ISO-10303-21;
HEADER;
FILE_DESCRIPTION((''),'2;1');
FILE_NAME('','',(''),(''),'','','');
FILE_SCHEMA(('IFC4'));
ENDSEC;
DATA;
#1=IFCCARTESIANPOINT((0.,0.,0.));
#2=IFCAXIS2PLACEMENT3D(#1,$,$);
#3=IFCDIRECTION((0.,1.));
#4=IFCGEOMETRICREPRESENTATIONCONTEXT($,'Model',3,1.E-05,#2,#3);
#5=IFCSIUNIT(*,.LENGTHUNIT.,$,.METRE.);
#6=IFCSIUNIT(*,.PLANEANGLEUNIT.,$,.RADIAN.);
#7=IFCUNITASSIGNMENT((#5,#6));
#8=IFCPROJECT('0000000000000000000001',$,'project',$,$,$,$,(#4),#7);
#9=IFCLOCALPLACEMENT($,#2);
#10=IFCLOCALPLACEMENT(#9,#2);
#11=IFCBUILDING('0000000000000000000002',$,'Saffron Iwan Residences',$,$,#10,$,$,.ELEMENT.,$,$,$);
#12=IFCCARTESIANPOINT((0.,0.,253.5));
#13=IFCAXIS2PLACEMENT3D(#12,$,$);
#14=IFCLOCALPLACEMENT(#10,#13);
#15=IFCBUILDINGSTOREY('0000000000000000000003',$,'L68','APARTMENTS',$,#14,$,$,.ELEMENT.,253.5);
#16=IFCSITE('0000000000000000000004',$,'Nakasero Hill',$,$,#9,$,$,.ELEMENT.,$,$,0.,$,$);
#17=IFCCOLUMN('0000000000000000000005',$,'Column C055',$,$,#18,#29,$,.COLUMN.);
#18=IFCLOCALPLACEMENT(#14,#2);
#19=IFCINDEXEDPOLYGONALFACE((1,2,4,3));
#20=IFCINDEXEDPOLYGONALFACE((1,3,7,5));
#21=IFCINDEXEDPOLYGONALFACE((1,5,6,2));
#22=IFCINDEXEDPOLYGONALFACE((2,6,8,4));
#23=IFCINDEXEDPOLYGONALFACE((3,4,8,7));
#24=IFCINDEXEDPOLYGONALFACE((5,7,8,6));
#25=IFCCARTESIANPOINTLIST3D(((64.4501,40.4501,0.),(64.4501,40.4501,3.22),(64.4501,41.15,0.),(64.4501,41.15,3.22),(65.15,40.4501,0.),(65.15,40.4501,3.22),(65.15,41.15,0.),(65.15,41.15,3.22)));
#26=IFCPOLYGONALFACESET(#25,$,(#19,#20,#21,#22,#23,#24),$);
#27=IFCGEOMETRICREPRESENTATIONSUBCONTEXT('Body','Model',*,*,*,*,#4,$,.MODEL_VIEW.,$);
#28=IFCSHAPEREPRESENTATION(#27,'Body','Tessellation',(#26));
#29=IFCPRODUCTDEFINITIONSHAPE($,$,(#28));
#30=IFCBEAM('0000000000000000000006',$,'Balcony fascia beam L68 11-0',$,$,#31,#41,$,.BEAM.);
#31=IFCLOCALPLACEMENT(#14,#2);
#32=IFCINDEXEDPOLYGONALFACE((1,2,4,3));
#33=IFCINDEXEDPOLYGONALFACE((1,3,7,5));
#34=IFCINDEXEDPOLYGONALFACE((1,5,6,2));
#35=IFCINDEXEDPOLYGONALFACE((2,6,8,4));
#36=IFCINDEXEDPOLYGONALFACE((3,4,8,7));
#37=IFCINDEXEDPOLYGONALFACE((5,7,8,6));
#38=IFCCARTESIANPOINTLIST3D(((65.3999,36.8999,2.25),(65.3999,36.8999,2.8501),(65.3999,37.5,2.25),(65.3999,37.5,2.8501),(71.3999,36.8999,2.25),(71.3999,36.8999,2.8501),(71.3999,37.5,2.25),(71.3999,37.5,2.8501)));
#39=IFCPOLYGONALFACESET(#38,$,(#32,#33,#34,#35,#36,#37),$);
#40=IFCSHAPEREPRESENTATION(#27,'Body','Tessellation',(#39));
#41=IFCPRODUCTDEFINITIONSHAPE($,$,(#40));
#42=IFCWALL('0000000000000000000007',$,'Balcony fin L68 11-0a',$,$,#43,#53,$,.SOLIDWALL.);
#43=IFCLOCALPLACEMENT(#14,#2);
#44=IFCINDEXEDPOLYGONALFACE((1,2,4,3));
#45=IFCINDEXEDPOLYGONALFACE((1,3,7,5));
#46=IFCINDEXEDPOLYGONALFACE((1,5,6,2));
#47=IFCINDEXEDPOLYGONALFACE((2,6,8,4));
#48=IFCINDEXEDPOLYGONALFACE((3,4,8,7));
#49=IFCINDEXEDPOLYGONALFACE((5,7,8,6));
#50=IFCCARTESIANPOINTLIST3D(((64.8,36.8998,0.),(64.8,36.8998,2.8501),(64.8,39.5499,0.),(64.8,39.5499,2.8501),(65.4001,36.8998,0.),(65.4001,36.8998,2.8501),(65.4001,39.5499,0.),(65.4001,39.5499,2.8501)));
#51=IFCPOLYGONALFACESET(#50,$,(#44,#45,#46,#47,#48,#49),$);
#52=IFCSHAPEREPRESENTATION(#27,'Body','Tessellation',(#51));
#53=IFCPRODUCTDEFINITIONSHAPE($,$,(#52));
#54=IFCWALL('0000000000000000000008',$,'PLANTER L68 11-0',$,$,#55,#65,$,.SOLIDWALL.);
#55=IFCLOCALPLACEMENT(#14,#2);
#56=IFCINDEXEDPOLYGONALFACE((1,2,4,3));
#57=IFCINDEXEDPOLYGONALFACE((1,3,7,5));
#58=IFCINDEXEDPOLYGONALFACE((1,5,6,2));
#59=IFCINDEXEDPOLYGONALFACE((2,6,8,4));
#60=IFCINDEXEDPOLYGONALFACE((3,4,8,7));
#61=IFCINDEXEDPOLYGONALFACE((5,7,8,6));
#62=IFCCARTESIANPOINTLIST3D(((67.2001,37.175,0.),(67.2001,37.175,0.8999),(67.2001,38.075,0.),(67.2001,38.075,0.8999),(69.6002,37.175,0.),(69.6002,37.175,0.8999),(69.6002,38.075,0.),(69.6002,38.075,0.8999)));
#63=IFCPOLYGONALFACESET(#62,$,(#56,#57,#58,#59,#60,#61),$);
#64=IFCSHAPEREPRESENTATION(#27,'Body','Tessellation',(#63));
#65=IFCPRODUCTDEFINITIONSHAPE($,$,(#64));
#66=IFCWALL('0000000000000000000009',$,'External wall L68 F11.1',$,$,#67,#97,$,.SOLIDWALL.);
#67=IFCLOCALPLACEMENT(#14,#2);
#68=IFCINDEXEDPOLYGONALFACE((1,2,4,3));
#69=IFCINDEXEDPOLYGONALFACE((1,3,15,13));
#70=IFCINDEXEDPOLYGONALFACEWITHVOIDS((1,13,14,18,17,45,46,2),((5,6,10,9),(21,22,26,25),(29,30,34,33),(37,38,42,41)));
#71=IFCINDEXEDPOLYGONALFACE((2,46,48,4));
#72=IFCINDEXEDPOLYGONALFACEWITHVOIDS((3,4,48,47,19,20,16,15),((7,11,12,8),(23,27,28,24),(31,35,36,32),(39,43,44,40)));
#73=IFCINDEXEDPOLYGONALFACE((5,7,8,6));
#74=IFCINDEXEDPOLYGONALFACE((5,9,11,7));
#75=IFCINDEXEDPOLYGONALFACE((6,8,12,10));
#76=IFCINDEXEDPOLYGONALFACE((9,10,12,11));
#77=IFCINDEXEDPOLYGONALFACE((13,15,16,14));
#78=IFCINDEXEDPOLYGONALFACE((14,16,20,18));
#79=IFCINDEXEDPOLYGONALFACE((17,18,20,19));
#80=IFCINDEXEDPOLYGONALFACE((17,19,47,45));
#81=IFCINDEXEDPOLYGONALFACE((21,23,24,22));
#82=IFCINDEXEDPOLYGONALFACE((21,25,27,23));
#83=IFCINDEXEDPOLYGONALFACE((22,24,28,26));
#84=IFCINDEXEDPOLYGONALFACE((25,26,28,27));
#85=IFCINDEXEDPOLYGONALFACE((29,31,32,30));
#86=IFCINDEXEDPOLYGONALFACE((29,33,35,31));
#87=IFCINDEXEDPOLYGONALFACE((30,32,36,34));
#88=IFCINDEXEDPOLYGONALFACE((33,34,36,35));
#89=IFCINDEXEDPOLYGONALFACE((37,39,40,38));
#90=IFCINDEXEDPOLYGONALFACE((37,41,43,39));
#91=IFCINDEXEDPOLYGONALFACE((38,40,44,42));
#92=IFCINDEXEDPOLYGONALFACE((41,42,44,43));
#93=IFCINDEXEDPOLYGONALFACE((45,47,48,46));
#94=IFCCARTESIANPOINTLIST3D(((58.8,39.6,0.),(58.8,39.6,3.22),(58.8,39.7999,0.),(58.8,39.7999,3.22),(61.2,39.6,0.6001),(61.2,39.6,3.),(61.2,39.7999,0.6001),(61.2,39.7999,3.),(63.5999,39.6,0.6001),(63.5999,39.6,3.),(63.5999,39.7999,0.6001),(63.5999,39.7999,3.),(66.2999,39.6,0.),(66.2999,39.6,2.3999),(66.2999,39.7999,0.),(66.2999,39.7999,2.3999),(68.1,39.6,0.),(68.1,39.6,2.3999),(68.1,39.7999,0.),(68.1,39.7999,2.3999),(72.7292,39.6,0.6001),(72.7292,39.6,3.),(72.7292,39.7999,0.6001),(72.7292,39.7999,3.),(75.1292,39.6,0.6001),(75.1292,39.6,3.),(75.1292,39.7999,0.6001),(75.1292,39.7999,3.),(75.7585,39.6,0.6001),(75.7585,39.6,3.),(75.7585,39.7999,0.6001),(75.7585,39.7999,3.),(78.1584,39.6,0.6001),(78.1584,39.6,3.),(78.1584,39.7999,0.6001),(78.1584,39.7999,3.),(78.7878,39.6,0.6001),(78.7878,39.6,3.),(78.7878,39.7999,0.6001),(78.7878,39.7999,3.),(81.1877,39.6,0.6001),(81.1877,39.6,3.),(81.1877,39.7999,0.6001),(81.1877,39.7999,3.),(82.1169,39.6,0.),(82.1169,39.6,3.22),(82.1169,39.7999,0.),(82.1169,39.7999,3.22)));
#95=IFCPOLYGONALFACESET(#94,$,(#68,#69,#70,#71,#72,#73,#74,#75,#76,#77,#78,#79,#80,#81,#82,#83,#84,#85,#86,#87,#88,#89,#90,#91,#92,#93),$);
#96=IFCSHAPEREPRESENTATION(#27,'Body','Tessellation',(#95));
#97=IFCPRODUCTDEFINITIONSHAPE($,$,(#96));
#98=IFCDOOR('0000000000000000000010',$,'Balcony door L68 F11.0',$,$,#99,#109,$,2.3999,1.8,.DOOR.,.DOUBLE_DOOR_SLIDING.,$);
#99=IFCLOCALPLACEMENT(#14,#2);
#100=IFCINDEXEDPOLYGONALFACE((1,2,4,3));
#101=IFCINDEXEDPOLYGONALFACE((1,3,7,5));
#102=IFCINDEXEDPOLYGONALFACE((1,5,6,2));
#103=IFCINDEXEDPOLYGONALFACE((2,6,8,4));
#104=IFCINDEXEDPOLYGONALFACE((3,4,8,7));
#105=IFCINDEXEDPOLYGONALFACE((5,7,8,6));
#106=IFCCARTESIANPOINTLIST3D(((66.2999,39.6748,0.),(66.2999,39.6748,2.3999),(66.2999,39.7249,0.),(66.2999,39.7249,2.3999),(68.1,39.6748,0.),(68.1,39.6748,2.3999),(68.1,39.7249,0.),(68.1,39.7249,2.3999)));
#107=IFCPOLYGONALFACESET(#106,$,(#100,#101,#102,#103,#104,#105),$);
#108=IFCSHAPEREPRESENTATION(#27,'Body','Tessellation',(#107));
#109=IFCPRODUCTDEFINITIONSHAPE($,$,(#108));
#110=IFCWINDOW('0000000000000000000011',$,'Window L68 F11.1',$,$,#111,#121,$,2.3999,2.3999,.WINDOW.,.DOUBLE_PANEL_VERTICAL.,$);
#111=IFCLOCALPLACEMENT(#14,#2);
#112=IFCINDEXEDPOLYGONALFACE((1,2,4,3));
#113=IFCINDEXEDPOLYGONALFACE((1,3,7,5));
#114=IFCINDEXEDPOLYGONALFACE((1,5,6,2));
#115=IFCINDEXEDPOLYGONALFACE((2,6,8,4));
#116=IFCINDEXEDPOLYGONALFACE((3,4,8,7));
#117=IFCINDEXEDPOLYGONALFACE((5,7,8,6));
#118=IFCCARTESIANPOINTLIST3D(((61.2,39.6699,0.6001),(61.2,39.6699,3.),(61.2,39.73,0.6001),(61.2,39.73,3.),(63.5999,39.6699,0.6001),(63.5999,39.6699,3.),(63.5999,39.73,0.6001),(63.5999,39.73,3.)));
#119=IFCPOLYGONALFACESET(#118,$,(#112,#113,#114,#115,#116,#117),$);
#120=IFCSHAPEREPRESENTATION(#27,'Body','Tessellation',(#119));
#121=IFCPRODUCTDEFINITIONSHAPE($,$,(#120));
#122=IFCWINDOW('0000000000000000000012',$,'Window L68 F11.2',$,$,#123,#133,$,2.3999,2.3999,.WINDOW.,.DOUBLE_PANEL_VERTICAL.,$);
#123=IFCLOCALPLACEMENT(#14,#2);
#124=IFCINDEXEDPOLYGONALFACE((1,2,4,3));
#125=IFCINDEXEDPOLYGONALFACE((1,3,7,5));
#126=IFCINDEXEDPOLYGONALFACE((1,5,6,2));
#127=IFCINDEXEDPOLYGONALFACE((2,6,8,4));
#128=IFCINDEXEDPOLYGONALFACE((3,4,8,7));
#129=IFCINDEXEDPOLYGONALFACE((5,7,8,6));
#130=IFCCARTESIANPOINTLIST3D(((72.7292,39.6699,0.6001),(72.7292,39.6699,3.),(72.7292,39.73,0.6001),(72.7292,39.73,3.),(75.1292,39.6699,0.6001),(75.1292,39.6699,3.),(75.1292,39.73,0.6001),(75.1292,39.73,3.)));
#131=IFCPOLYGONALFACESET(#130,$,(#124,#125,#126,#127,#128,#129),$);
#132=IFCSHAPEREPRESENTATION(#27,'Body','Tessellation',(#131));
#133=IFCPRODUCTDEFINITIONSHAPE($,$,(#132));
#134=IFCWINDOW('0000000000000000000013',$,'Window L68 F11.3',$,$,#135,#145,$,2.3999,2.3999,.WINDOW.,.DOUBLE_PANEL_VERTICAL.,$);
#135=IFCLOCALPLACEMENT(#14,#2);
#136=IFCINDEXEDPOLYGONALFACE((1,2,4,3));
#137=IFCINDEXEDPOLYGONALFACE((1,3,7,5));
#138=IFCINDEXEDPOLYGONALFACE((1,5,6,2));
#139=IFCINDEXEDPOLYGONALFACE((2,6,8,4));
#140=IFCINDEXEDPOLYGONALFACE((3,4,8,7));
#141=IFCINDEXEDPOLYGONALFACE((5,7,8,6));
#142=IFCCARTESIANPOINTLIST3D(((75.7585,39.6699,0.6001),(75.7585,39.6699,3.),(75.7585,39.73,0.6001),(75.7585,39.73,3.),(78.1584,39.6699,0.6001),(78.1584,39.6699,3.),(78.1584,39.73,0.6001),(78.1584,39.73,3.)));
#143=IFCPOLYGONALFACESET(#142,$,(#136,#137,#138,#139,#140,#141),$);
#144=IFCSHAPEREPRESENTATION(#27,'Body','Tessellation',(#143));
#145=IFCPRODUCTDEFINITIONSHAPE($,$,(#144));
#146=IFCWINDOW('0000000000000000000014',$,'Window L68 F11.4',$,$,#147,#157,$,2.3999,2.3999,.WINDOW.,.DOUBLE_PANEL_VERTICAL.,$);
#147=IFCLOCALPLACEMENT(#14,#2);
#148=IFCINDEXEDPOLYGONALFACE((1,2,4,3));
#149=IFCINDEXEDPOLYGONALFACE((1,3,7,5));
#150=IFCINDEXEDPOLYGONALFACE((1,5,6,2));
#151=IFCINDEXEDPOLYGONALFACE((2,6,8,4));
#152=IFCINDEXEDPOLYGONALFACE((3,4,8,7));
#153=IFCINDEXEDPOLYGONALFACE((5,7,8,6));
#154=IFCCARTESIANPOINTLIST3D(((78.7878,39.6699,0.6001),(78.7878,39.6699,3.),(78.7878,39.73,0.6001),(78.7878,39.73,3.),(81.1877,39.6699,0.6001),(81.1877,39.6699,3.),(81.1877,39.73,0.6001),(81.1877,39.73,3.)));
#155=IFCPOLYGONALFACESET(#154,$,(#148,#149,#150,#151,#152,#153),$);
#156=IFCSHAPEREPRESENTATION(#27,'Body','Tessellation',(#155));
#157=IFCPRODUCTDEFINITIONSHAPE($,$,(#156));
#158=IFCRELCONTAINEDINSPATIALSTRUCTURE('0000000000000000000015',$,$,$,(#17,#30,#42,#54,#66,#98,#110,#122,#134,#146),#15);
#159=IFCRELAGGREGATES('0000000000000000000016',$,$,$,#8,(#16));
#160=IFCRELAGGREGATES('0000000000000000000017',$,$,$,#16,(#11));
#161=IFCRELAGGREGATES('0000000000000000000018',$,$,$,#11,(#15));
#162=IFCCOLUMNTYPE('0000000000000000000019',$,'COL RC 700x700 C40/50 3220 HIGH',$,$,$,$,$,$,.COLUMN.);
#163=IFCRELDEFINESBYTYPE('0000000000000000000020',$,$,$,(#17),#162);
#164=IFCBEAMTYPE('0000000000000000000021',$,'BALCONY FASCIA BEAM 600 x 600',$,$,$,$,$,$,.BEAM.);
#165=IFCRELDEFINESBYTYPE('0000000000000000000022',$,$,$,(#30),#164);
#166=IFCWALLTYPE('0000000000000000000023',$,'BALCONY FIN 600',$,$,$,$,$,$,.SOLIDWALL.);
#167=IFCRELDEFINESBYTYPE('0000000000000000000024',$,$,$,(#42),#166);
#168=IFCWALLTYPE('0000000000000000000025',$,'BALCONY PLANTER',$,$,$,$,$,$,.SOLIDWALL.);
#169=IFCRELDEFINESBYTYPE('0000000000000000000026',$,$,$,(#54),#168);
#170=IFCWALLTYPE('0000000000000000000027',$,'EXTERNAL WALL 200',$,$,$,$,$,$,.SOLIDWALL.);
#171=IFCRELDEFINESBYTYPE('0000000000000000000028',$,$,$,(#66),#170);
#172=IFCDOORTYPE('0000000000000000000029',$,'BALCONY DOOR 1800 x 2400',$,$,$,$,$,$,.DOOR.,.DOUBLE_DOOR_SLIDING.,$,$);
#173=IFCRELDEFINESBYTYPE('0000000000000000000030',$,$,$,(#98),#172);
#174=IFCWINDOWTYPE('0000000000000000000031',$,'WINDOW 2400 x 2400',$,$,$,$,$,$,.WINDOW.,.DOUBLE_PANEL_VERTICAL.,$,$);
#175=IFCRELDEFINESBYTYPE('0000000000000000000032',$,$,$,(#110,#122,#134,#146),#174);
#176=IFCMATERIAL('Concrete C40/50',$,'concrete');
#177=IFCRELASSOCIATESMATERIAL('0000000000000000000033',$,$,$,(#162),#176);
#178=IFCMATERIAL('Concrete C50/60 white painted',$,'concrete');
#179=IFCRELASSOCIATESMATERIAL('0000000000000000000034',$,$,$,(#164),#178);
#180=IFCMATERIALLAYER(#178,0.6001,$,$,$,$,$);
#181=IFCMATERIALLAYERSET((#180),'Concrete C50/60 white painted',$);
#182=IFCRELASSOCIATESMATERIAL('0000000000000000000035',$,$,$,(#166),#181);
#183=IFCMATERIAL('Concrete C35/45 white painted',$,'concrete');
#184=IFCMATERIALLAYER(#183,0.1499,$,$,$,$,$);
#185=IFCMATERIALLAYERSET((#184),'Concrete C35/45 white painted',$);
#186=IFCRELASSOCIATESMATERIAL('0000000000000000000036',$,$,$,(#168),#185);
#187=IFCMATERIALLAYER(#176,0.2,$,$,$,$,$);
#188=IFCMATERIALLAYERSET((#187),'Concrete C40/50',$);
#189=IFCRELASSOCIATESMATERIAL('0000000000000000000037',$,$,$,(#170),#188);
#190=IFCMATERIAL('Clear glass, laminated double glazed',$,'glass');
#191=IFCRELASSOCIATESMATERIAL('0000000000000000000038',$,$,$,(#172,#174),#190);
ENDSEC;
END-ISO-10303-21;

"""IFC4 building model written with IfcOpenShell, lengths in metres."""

from ifc_helpers import new_model, si_unit, direction, frame, frame_2d, origin, origin_2d, place, context, subcontext, project, spatial, rectangle, extrude, source, transform, mapped, material, layer, layer_set, material_profile, profile_set, type_object, element, fill, save


model = new_model("IFC4")

# Units and contexts
model_context = context("Model", 3, precision=1e-05, world=origin(), true_north=direction((0.0, 1.0)))
body_context = subcontext(model_context, "Body", "Model", "MODEL_VIEW")
ifc_project = project(units=[si_unit("LENGTHUNIT", "METRE"), si_unit("PLANEANGLEUNIT", "RADIAN")], contexts=[model_context])

# Site, building, storey
site_placement = place(None, origin())
site = spatial("IfcSite", under=ifc_project, at=site_placement, Name="Nakasero Hill", CompositionType="ELEMENT", RefElevation=0.0)
building_placement = place(site_placement, origin())
building = spatial("IfcBuilding", under=site, at=building_placement, Name="Saffron Iwan Residences", CompositionType="ELEMENT")
storey_placement = place(building_placement, frame((0.0, 0.0, 253.5)))
storey = spatial("IfcBuildingStorey", under=building, at=storey_placement, Name="L68", Description="APARTMENTS", CompositionType="ELEMENT", Elevation=253.5)

# Column
ifc_material_1 = material(Name="Concrete C40/50", Category="concrete")
ifc_material_profile_1 = material_profile(ifc_material_1, rectangle(XDim=0.7, YDim=0.7, at=origin_2d()), Name="RC 700x700")
ifc_profile_set_1 = profile_set([ifc_material_profile_1], Name="Concrete C40/50")
column_type = type_object("IfcColumnType", Name="COL RC 700x700 C40/50 3220 HIGH", PredefinedType="COLUMN", material=ifc_profile_set_1)
shared_shape_1 = source(origin(), body_context, "Body", "SweptSolid", [
    extrude(rectangle(XDim=0.7, YDim=0.7, at=origin_2d()), origin(), (0.0, 0.0, 1.0), 3.22),
])
column_placement = place(storey_placement, frame((64.8, 40.8, 0.0), z_axis=(0.0, 0.0, 1.0), x_axis=(1.0, 0.0, 0.0)))
element("IfcColumn", 1, at=column_placement, inside=storey, type_object=column_type, Name="Column C055", PredefinedType="COLUMN", context=body_context, shape_type="MappedRepresentation", body=[
    mapped(shared_shape_1, transform((0.0, 0.0, 0.0))),
])

# Beam
ifc_material_2 = material(Name="Concrete C50/60 white painted", Category="concrete")
ifc_material_profile_2 = material_profile(ifc_material_2, rectangle(XDim=0.6001, YDim=0.6001, at=origin_2d()), Name="BALCONY FASCIA BEAM 600 x 600")
ifc_profile_set_2 = profile_set([ifc_material_profile_2], Name="Concrete C50/60 white painted")
beam_type = type_object("IfcBeamType", Name="BALCONY FASCIA BEAM 600 x 600", PredefinedType="BEAM", material=ifc_profile_set_2)
shared_shape_2 = source(origin(), body_context, "Body", "SweptSolid", [
    extrude(rectangle(XDim=0.6001, YDim=0.6001, at=origin_2d()), origin(), (0.0, 0.0, 1.0), 6.0),
])
beam_placement = place(storey_placement, frame((65.3999, 37.2, 2.55), z_axis=(1.0, 0.0, 0.0), x_axis=(0.0, 1.0, 0.0)))
element("IfcBeam", 2, at=beam_placement, inside=storey, type_object=beam_type, Name="Balcony fascia beam L68 11-0", PredefinedType="BEAM", context=body_context, shape_type="MappedRepresentation", body=[
    mapped(shared_shape_2, transform((0.0, 0.0, 0.0))),
])

# Walls
ifc_layer_1 = layer(ifc_material_2, 0.6001)
ifc_layer_set_1 = layer_set([ifc_layer_1], Name="Concrete C50/60 white painted")
wall_type_1 = type_object("IfcWallType", Name="BALCONY FIN 600", PredefinedType="SOLIDWALL", material=ifc_layer_set_1)
wall_1_placement = place(storey_placement, frame((65.1001, 39.55, 0.0), z_axis=(0.0, 0.0, 1.0), x_axis=(0.0, -1.0, 0.0)))
element("IfcWall", 3, at=wall_1_placement, inside=storey, type_object=wall_type_1, Name="Balcony fin L68 11-0a", PredefinedType="SOLIDWALL", context=body_context, shape_type="SweptSolid", body=[
    extrude(rectangle(XDim=2.6501, YDim=0.6001, at=frame_2d((1.3252, 0.0))), origin(), (0.0, 0.0, 1.0), 2.8501),
])
ifc_material_3 = material(Name="Concrete C35/45 white painted", Category="concrete")
ifc_layer_2 = layer(ifc_material_3, 0.1499)
ifc_layer_set_2 = layer_set([ifc_layer_2], Name="Concrete C35/45 white painted")
wall_type_2 = type_object("IfcWallType", Name="BALCONY PLANTER", PredefinedType="SOLIDWALL", material=ifc_layer_set_2)
wall_2_placement = place(storey_placement, frame((67.2, 37.625, 0.0), z_axis=(0.0, 0.0, 1.0), x_axis=(1.0, 0.0, 0.0)))
element("IfcWall", 4, at=wall_2_placement, inside=storey, type_object=wall_type_2, Name="PLANTER L68 11-0", PredefinedType="SOLIDWALL", context=body_context, shape_type="SweptSolid", body=[
    extrude(rectangle(XDim=2.4001, YDim=0.8999, at=frame_2d((1.2002, 0.0))), origin(), (0.0, 0.0, 1.0), 0.8999),
])

# Wall, openings, door, windows
ifc_layer_3 = layer(ifc_material_1, 0.2)
ifc_layer_set_3 = layer_set([ifc_layer_3], Name="Concrete C40/50")
wall_type_3 = type_object("IfcWallType", Name="EXTERNAL WALL 200", PredefinedType="SOLIDWALL", material=ifc_layer_set_3)
wall_3_placement = place(storey_placement, frame((58.8, 39.7, 0.0), z_axis=(0.0, 0.0, 1.0), x_axis=(1.0, 0.0, 0.0)))
wall_3 = element("IfcWall", 5, at=wall_3_placement, inside=storey, type_object=wall_type_3, Name="External wall L68 F11.1", PredefinedType="SOLIDWALL", context=body_context, shape_type="SweptSolid", body=[
    extrude(rectangle(XDim=23.3169, YDim=0.2, at=frame_2d((11.6584, 0.0))), origin(), (0.0, 0.0, 1.0), 3.22),
])
opening_1_placement = place(wall_3_placement, frame((7.5, 0.0, 0.0)))
opening_1 = element("IfcOpeningElement", 6, at=opening_1_placement, cuts=wall_3, PredefinedType="OPENING", context=body_context, shape_type="SweptSolid", body=[
    extrude(rectangle(XDim=1.8, YDim=2.3999, at=frame_2d((0.8999, 1.2))), frame((0.0, 0.1099, 0.0), z_axis=(0.0, -1.0, 0.0), x_axis=(1.0, 0.0, 0.0)), (0.0, 0.0, 1.0), 0.22),
])
opening_2_placement = place(wall_3_placement, frame((2.3999, 0.0, 0.6001)))
opening_2 = element("IfcOpeningElement", 7, at=opening_2_placement, cuts=wall_3, PredefinedType="OPENING", context=body_context, shape_type="SweptSolid", body=[
    extrude(rectangle(XDim=2.3999, YDim=2.3999, at=frame_2d((1.2, 1.2))), frame((0.0, 0.1099, 0.0), z_axis=(0.0, -1.0, 0.0), x_axis=(1.0, 0.0, 0.0)), (0.0, 0.0, 1.0), 0.22),
])
opening_3_placement = place(wall_3_placement, frame((13.9292, 0.0, 0.6001)))
opening_3 = element("IfcOpeningElement", 8, at=opening_3_placement, cuts=wall_3, PredefinedType="OPENING", context=body_context, shape_type="SweptSolid", body=[
    extrude(rectangle(XDim=2.3999, YDim=2.3999, at=frame_2d((1.2, 1.2))), frame((0.0, 0.1099, 0.0), z_axis=(0.0, -1.0, 0.0), x_axis=(1.0, 0.0, 0.0)), (0.0, 0.0, 1.0), 0.22),
])
opening_4_placement = place(wall_3_placement, frame((16.9585, 0.0, 0.6001)))
opening_4 = element("IfcOpeningElement", 9, at=opening_4_placement, cuts=wall_3, PredefinedType="OPENING", context=body_context, shape_type="SweptSolid", body=[
    extrude(rectangle(XDim=2.3999, YDim=2.3999, at=frame_2d((1.2, 1.2))), frame((0.0, 0.1099, 0.0), z_axis=(0.0, -1.0, 0.0), x_axis=(1.0, 0.0, 0.0)), (0.0, 0.0, 1.0), 0.22),
])
opening_5_placement = place(wall_3_placement, frame((19.9878, 0.0, 0.6001)))
opening_5 = element("IfcOpeningElement", 10, at=opening_5_placement, cuts=wall_3, PredefinedType="OPENING", context=body_context, shape_type="SweptSolid", body=[
    extrude(rectangle(XDim=2.3999, YDim=2.3999, at=frame_2d((1.2, 1.2))), frame((0.0, 0.1099, 0.0), z_axis=(0.0, -1.0, 0.0), x_axis=(1.0, 0.0, 0.0)), (0.0, 0.0, 1.0), 0.22),
])
ifc_material_4 = material(Name="Clear glass, laminated double glazed", Category="glass")
door_type_1 = type_object("IfcDoorType", Name="BALCONY DOOR 1800 x 2400", OperationType="DOUBLE_DOOR_SLIDING", PredefinedType="DOOR", material=ifc_material_4)
door_1_placement = place(opening_1_placement, origin())
door_1 = element("IfcDoor", 11, at=door_1_placement, inside=storey, type_object=door_type_1, Name="Balcony door L68 F11.0", OperationType="DOUBLE_DOOR_SLIDING", OverallHeight=2.3999, OverallWidth=1.8, PredefinedType="DOOR", context=body_context, shape_type="SweptSolid", body=[
    extrude(rectangle(XDim=1.8, YDim=2.3999, at=frame_2d((0.8999, 1.2))), frame((0.0, 0.0249, 0.0), z_axis=(0.0, -1.0, 0.0), x_axis=(1.0, 0.0, 0.0)), (0.0, 0.0, 1.0), 0.05),
])
fill(opening_1, door_1)
window_type = type_object("IfcWindowType", Name="WINDOW 2400 x 2400", PartitioningType="DOUBLE_PANEL_VERTICAL", PredefinedType="WINDOW", material=ifc_material_4)
window_1_placement = place(opening_2_placement, origin())
window_1 = element("IfcWindow", 12, at=window_1_placement, inside=storey, type_object=window_type, Name="Window L68 F11.1", OverallHeight=2.3999, OverallWidth=2.3999, PartitioningType="DOUBLE_PANEL_VERTICAL", PredefinedType="WINDOW", context=body_context, shape_type="SweptSolid", body=[
    extrude(rectangle(XDim=2.3999, YDim=2.3999, at=frame_2d((1.2, 1.2))), frame((0.0, 0.03, 0.0), z_axis=(0.0, -1.0, 0.0), x_axis=(1.0, 0.0, 0.0)), (0.0, 0.0, 1.0), 0.0601),
])
fill(opening_2, window_1)
window_2_placement = place(opening_3_placement, origin())
window_2 = element("IfcWindow", 13, at=window_2_placement, inside=storey, type_object=window_type, Name="Window L68 F11.2", OverallHeight=2.3999, OverallWidth=2.3999, PartitioningType="DOUBLE_PANEL_VERTICAL", PredefinedType="WINDOW", context=body_context, shape_type="SweptSolid", body=[
    extrude(rectangle(XDim=2.3999, YDim=2.3999, at=frame_2d((1.2, 1.2))), frame((0.0, 0.03, 0.0), z_axis=(0.0, -1.0, 0.0), x_axis=(1.0, 0.0, 0.0)), (0.0, 0.0, 1.0), 0.0601),
])
fill(opening_3, window_2)
window_3_placement = place(opening_4_placement, origin())
window_3 = element("IfcWindow", 14, at=window_3_placement, inside=storey, type_object=window_type, Name="Window L68 F11.3", OverallHeight=2.3999, OverallWidth=2.3999, PartitioningType="DOUBLE_PANEL_VERTICAL", PredefinedType="WINDOW", context=body_context, shape_type="SweptSolid", body=[
    extrude(rectangle(XDim=2.3999, YDim=2.3999, at=frame_2d((1.2, 1.2))), frame((0.0, 0.03, 0.0), z_axis=(0.0, -1.0, 0.0), x_axis=(1.0, 0.0, 0.0)), (0.0, 0.0, 1.0), 0.0601),
])
fill(opening_4, window_3)
window_4_placement = place(opening_5_placement, origin())
window_4 = element("IfcWindow", 15, at=window_4_placement, inside=storey, type_object=window_type, Name="Window L68 F11.4", OverallHeight=2.3999, OverallWidth=2.3999, PartitioningType="DOUBLE_PANEL_VERTICAL", PredefinedType="WINDOW", context=body_context, shape_type="SweptSolid", body=[
    extrude(rectangle(XDim=2.3999, YDim=2.3999, at=frame_2d((1.2, 1.2))), frame((0.0, 0.03, 0.0), z_axis=(0.0, -1.0, 0.0), x_axis=(1.0, 0.0, 0.0)), (0.0, 0.0, 1.0), 0.0601),
])
fill(opening_5, window_4)

save(model, "model.ifc")
